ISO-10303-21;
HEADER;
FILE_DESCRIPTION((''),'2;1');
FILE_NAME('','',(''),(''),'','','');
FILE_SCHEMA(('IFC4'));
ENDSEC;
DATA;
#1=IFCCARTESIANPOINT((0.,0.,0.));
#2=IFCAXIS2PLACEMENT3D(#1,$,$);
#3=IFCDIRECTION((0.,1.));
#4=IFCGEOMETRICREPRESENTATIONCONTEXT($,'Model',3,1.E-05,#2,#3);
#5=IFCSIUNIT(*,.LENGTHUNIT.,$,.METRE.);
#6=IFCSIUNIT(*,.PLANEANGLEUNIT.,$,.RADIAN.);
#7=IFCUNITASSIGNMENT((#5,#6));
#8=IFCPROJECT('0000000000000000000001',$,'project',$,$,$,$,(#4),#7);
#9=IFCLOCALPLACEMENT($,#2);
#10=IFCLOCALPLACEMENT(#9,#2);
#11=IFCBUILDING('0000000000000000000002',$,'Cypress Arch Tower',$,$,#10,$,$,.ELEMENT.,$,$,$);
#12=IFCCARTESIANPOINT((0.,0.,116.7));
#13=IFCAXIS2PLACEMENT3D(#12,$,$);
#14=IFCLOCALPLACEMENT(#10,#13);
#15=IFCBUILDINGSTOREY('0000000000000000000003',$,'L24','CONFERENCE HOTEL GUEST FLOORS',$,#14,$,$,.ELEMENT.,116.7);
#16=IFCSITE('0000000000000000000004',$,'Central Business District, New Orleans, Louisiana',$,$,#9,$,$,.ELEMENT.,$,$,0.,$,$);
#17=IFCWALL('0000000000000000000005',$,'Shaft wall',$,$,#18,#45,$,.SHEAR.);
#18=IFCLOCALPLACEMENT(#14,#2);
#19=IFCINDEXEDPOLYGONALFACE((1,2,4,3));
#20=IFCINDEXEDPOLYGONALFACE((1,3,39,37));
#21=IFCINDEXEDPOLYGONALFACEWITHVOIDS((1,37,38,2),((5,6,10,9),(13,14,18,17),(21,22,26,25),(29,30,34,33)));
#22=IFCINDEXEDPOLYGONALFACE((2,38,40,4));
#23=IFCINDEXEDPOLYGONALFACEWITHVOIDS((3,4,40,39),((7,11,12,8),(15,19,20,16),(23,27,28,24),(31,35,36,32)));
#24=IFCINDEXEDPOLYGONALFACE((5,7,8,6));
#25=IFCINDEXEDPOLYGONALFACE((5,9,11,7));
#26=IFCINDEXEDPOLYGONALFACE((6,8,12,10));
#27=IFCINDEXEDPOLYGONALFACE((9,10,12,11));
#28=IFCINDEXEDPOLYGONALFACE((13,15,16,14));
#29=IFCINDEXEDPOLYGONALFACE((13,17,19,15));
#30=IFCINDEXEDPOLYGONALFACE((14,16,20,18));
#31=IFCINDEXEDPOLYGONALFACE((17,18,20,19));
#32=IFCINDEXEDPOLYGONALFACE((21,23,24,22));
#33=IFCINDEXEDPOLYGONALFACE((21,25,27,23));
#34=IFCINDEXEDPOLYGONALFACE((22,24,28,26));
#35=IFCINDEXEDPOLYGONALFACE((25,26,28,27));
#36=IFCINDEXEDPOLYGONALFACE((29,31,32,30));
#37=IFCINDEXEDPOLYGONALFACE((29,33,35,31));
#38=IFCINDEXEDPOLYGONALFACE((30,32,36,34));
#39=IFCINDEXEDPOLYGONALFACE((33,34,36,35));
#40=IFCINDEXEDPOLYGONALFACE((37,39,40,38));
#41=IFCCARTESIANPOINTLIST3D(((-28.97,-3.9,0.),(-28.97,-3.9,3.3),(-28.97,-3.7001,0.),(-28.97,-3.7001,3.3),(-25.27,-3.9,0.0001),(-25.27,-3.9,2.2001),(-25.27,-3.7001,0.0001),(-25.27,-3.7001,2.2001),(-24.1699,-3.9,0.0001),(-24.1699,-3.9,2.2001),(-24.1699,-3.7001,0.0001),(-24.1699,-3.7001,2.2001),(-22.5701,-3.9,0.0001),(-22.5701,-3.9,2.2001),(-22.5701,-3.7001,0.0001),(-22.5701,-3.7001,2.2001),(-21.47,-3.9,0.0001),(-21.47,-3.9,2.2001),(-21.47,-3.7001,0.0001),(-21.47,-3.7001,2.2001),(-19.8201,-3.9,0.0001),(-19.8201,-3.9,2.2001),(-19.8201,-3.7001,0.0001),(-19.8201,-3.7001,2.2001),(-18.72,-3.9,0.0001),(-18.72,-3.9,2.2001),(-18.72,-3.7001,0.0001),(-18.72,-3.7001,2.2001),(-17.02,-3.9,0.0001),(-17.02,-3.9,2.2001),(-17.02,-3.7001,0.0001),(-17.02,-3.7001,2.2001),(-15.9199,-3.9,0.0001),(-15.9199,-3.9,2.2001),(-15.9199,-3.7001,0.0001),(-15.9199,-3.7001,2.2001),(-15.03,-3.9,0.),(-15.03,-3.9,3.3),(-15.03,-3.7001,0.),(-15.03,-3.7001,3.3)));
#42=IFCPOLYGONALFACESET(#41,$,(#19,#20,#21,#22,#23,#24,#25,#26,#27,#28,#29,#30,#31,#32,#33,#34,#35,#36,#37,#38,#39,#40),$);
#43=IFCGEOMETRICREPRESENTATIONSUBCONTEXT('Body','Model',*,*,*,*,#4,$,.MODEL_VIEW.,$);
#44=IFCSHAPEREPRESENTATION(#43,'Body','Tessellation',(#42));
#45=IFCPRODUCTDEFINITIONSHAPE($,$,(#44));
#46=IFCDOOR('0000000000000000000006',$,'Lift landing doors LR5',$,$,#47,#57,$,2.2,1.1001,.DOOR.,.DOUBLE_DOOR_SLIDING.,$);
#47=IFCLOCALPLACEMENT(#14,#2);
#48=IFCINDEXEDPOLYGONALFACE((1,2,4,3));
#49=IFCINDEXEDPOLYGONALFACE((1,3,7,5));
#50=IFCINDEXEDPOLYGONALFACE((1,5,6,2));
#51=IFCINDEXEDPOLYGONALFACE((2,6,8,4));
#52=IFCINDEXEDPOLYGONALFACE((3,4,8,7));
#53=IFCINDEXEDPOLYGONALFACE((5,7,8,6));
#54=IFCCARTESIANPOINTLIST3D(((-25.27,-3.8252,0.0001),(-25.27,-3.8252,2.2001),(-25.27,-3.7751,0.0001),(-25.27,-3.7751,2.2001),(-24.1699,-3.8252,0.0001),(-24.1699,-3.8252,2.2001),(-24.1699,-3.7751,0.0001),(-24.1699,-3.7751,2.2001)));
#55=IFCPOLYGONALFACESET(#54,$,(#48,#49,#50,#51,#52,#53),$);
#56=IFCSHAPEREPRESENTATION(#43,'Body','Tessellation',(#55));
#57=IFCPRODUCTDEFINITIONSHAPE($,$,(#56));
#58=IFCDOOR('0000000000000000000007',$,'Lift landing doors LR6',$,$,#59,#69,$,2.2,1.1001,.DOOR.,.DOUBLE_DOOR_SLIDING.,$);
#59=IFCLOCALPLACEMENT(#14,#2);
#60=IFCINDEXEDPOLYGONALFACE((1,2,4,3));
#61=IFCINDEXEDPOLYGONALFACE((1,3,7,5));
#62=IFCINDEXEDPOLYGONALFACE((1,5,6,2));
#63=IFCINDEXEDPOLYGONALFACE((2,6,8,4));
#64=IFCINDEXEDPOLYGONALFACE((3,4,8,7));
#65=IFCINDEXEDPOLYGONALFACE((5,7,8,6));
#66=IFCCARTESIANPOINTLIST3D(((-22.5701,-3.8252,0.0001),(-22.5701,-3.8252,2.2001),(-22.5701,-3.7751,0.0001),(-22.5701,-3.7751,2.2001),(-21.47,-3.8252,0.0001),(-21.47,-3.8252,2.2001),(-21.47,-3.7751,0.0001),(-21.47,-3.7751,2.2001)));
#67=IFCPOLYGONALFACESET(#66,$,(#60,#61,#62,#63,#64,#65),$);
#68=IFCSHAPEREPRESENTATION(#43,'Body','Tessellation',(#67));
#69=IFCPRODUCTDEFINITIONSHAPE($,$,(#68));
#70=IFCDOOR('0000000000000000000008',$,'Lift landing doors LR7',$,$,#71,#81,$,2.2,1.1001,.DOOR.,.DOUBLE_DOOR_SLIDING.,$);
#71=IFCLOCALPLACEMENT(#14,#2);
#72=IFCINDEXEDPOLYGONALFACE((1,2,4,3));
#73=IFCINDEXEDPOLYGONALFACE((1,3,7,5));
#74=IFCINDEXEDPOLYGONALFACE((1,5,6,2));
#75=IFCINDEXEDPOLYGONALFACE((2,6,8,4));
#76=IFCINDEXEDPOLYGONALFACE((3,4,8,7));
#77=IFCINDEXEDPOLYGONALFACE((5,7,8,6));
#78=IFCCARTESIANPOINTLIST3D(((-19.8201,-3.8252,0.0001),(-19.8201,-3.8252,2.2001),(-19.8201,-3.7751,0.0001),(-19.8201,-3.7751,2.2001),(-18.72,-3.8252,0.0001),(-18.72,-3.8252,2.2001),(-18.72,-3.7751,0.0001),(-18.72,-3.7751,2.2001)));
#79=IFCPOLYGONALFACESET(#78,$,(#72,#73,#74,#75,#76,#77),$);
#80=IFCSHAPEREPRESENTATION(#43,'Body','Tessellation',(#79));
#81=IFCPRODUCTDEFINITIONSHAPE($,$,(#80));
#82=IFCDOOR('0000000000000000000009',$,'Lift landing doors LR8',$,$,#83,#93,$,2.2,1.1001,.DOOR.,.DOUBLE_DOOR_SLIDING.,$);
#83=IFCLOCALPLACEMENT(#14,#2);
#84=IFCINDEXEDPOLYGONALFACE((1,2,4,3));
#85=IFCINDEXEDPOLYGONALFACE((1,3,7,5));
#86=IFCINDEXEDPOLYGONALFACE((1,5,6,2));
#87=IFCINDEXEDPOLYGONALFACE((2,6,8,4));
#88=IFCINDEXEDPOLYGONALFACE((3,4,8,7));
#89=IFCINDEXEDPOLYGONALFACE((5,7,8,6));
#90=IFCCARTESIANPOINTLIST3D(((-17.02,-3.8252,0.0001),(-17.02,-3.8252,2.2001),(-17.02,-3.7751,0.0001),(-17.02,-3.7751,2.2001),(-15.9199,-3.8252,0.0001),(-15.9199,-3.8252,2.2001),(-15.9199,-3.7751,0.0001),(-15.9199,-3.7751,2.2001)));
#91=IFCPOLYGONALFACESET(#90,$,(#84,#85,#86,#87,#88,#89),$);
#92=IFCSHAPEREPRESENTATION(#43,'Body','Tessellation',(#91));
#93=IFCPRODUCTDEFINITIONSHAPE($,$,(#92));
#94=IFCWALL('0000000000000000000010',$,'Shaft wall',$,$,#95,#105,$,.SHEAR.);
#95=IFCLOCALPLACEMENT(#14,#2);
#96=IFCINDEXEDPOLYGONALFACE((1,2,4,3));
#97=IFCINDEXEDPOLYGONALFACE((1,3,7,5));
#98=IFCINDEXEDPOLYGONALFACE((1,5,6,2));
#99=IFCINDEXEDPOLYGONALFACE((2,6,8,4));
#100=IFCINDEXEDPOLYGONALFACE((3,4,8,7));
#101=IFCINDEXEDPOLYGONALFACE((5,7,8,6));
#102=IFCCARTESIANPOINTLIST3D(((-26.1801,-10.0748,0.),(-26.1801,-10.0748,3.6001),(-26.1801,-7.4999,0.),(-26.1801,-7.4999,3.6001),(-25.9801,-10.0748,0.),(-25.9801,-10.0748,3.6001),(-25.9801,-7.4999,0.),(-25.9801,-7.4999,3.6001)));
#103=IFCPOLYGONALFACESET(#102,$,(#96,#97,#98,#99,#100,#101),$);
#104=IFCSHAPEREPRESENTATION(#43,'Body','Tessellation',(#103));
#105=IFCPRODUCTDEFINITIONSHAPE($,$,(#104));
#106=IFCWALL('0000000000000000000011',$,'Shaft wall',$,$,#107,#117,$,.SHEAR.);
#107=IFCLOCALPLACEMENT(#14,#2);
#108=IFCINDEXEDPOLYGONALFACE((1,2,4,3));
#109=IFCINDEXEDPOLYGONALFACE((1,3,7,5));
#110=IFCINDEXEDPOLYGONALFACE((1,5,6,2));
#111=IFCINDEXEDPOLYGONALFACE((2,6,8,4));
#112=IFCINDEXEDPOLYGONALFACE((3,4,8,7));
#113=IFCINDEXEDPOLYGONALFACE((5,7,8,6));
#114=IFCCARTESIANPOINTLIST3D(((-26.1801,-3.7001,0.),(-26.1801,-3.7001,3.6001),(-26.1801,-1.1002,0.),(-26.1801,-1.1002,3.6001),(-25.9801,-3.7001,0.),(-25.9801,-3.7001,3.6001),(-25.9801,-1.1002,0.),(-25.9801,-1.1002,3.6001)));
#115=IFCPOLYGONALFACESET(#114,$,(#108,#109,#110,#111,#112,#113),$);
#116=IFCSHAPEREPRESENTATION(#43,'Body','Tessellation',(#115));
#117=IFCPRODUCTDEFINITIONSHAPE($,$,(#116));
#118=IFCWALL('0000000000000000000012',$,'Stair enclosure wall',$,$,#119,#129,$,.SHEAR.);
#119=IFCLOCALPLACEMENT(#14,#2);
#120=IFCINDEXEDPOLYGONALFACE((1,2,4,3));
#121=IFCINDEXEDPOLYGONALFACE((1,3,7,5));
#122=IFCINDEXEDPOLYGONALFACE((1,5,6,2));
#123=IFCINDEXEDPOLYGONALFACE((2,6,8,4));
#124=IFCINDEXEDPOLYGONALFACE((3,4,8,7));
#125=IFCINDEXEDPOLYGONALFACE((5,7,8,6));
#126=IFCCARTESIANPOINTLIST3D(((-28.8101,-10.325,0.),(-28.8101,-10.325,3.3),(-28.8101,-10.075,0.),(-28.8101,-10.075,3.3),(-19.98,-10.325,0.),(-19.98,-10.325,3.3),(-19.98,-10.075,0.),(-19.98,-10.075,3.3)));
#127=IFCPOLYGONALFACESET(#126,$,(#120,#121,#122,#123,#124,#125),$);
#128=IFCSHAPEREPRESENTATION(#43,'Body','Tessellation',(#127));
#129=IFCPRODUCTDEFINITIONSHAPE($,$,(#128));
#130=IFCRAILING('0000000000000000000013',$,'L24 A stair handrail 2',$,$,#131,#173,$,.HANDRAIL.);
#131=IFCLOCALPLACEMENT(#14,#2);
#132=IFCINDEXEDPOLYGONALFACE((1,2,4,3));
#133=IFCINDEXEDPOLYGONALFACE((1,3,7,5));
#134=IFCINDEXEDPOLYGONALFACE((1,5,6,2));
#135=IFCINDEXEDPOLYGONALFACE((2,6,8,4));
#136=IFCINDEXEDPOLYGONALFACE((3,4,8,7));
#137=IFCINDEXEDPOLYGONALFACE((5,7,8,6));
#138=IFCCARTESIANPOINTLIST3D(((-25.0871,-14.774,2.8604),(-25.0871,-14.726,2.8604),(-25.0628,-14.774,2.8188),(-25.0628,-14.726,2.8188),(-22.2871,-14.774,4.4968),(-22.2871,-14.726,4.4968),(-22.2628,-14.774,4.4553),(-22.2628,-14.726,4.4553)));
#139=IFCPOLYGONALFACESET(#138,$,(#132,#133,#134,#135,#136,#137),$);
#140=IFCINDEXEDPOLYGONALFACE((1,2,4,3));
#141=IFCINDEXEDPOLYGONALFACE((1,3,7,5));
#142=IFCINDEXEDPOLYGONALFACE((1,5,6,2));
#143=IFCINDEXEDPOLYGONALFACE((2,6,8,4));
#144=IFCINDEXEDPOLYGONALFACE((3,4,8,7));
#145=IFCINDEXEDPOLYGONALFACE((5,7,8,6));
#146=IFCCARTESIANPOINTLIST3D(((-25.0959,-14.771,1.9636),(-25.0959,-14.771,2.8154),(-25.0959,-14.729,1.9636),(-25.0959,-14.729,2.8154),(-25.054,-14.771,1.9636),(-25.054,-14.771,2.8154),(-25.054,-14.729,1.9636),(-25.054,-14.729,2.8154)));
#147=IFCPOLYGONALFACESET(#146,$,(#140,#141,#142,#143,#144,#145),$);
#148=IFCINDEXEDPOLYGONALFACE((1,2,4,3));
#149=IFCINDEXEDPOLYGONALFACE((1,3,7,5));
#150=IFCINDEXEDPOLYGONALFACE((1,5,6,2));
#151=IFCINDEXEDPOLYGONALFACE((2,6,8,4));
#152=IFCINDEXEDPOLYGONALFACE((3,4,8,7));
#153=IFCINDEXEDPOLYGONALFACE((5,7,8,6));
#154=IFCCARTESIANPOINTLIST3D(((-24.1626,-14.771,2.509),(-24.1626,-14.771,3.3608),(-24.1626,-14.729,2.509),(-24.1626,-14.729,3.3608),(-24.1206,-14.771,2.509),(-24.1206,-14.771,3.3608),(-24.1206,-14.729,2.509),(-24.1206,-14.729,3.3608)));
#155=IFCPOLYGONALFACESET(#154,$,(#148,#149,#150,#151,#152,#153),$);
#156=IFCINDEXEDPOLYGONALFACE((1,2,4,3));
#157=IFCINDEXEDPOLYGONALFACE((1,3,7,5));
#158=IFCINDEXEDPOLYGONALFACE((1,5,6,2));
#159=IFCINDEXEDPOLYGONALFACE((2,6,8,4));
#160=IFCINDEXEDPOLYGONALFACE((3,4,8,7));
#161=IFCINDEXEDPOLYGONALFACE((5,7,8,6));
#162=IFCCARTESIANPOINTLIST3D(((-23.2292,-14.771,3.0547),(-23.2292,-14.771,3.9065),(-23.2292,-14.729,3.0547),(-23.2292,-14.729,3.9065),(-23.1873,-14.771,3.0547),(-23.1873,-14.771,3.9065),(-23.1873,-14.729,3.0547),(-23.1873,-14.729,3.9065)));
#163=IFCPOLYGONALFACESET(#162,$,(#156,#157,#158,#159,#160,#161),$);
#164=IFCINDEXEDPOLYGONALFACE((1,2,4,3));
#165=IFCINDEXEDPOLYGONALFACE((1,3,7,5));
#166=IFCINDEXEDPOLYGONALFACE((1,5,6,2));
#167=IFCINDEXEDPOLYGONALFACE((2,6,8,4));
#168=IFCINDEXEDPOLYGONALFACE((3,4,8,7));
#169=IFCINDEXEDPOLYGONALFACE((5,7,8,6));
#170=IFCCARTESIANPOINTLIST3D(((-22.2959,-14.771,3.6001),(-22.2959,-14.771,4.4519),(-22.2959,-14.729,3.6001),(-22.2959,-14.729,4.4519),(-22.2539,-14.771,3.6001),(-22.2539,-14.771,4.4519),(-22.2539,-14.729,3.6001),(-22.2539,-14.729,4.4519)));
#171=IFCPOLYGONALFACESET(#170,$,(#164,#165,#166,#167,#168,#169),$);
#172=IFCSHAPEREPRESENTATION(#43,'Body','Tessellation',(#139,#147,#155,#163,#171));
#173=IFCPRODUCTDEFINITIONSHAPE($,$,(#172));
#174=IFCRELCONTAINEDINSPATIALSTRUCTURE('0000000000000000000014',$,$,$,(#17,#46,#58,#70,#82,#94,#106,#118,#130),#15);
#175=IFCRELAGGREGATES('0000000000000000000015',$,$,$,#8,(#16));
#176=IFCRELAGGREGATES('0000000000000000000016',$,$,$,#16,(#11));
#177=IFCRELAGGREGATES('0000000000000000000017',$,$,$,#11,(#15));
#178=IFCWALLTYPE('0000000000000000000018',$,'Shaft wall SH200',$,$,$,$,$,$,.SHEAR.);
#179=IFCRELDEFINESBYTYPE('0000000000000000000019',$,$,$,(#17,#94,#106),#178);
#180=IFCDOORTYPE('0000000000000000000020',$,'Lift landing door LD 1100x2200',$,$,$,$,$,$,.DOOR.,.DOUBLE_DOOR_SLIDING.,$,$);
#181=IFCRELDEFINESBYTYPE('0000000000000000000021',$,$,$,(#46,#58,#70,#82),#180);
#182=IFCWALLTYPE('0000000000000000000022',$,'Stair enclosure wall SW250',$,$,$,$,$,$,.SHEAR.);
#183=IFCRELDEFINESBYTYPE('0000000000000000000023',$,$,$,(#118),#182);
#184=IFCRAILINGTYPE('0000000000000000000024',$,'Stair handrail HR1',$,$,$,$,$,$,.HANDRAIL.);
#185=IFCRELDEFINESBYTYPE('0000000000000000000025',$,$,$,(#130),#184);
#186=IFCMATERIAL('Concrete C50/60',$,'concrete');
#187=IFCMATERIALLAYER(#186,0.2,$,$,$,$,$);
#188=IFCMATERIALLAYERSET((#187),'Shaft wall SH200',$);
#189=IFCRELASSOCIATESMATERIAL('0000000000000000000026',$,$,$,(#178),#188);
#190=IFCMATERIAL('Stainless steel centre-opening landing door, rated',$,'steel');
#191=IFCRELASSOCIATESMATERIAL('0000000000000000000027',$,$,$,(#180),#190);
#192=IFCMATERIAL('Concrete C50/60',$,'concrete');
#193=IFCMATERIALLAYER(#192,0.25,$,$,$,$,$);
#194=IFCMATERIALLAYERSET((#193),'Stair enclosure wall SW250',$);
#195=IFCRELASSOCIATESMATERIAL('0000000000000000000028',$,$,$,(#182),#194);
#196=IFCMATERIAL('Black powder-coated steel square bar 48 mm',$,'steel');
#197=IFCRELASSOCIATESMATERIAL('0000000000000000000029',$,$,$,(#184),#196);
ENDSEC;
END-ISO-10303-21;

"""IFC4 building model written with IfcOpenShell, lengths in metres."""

from ifc_helpers import new_model, si_unit, direction, frame, frame_2d, origin, origin_2d, place, context, subcontext, project, spatial, rectangle, extrude, material, layer, layer_set, type_object, element, fill, save


model = new_model("IFC4")

# Units and contexts
model_context = context("Model", 3, precision=1e-05, world=origin(), true_north=direction((0.0, 1.0)))
body_context = subcontext(model_context, "Body", "Model", "MODEL_VIEW")
ifc_project = project(units=[si_unit("LENGTHUNIT", "METRE"), si_unit("PLANEANGLEUNIT", "RADIAN")], contexts=[model_context])

# Site, building, storey
site_placement = place(None, origin())
site = spatial("IfcSite", under=ifc_project, at=site_placement, Name="Central Business District, New Orleans, Louisiana", CompositionType="ELEMENT", RefElevation=0.0)
building_placement = place(site_placement, origin())
building = spatial("IfcBuilding", under=site, at=building_placement, Name="Cypress Arch Tower", CompositionType="ELEMENT")
storey_placement = place(building_placement, frame((0.0, 0.0, 116.7)))
storey = spatial("IfcBuildingStorey", under=building, at=storey_placement, Name="L24", Description="CONFERENCE HOTEL GUEST FLOORS", CompositionType="ELEMENT", Elevation=116.7)

# Wall, openings, doors
ifc_material_1 = material(Name="Concrete C50/60", Category="concrete")
ifc_layer_1 = layer(ifc_material_1, 0.2)
ifc_layer_set_1 = layer_set([ifc_layer_1], Name="Shaft wall SH200")
wall_type_1 = type_object("IfcWallType", Name="Shaft wall SH200", PredefinedType="SHEAR", material=ifc_layer_set_1)
ifc_material_2 = material(Name="Stainless steel centre-opening landing door, rated", Category="steel")
door_type_1 = type_object("IfcDoorType", Name="Lift landing door LD 1100x2200", OperationType="DOUBLE_DOOR_SLIDING", PredefinedType="DOOR", material=ifc_material_2)
wall_1_placement = place(storey_placement, frame((-28.97, -3.8, 0.0), z_axis=(0.0, 0.0, 1.0), x_axis=(1.0, 0.0, 0.0)))
wall_1 = element("IfcWall", 1, at=wall_1_placement, inside=storey, type_object=wall_type_1, Name="Shaft wall", PredefinedType="SHEAR", context=body_context, shape_type="SweptSolid", body=[
    extrude(rectangle(XDim=13.9399, YDim=0.2, at=frame_2d((6.97, 0.0))), origin(), (0.0, 0.0, 1.0), 3.3),
])
opening_1_placement = place(wall_1_placement, frame((3.7, 0.0, 0.0)))
opening_1 = element("IfcOpeningElement", 2, at=opening_1_placement, cuts=wall_1, PredefinedType="OPENING", context=body_context, shape_type="SweptSolid", body=[
    extrude(rectangle(XDim=1.1001, YDim=2.2, at=frame_2d((0.55, 1.1001))), frame((0.0, 0.1099, 0.0), z_axis=(0.0, -1.0, 0.0), x_axis=(1.0, 0.0, 0.0)), (0.0, 0.0, 1.0), 0.22),
])
opening_2_placement = place(wall_1_placement, frame((6.3999, 0.0, 0.0)))
opening_2 = element("IfcOpeningElement", 3, at=opening_2_placement, cuts=wall_1, PredefinedType="OPENING", context=body_context, shape_type="SweptSolid", body=[
    extrude(rectangle(XDim=1.1001, YDim=2.2, at=frame_2d((0.55, 1.1001))), frame((0.0, 0.1099, 0.0), z_axis=(0.0, -1.0, 0.0), x_axis=(1.0, 0.0, 0.0)), (0.0, 0.0, 1.0), 0.22),
])
opening_3_placement = place(wall_1_placement, frame((9.1499, 0.0, 0.0)))
opening_3 = element("IfcOpeningElement", 4, at=opening_3_placement, cuts=wall_1, PredefinedType="OPENING", context=body_context, shape_type="SweptSolid", body=[
    extrude(rectangle(XDim=1.1001, YDim=2.2, at=frame_2d((0.55, 1.1001))), frame((0.0, 0.1099, 0.0), z_axis=(0.0, -1.0, 0.0), x_axis=(1.0, 0.0, 0.0)), (0.0, 0.0, 1.0), 0.22),
])
opening_4_placement = place(wall_1_placement, frame((11.95, 0.0, 0.0)))
opening_4 = element("IfcOpeningElement", 5, at=opening_4_placement, cuts=wall_1, PredefinedType="OPENING", context=body_context, shape_type="SweptSolid", body=[
    extrude(rectangle(XDim=1.1001, YDim=2.2, at=frame_2d((0.55, 1.1001))), frame((0.0, 0.1099, 0.0), z_axis=(0.0, -1.0, 0.0), x_axis=(1.0, 0.0, 0.0)), (0.0, 0.0, 1.0), 0.22),
])
door_1_placement = place(opening_1_placement, origin())
door_1 = element("IfcDoor", 6, at=door_1_placement, inside=storey, type_object=door_type_1, Name="Lift landing doors LR5", OperationType="DOUBLE_DOOR_SLIDING", OverallHeight=2.2, OverallWidth=1.1001, PredefinedType="DOOR", context=body_context, shape_type="SweptSolid", body=[
    extrude(rectangle(XDim=1.1001, YDim=2.2, at=frame_2d((0.55, 1.1001))), frame((0.0, 0.0249, 0.0), z_axis=(0.0, -1.0, 0.0), x_axis=(1.0, 0.0, 0.0)), (0.0, 0.0, 1.0), 0.05),
])
fill(opening_1, door_1)
door_2_placement = place(opening_2_placement, origin())
door_2 = element("IfcDoor", 7, at=door_2_placement, inside=storey, type_object=door_type_1, Name="Lift landing doors LR6", OperationType="DOUBLE_DOOR_SLIDING", OverallHeight=2.2, OverallWidth=1.1001, PredefinedType="DOOR", context=body_context, shape_type="SweptSolid", body=[
    extrude(rectangle(XDim=1.1001, YDim=2.2, at=frame_2d((0.55, 1.1001))), frame((0.0, 0.0249, 0.0), z_axis=(0.0, -1.0, 0.0), x_axis=(1.0, 0.0, 0.0)), (0.0, 0.0, 1.0), 0.05),
])
fill(opening_2, door_2)
door_3_placement = place(opening_3_placement, origin())
door_3 = element("IfcDoor", 8, at=door_3_placement, inside=storey, type_object=door_type_1, Name="Lift landing doors LR7", OperationType="DOUBLE_DOOR_SLIDING", OverallHeight=2.2, OverallWidth=1.1001, PredefinedType="DOOR", context=body_context, shape_type="SweptSolid", body=[
    extrude(rectangle(XDim=1.1001, YDim=2.2, at=frame_2d((0.55, 1.1001))), frame((0.0, 0.0249, 0.0), z_axis=(0.0, -1.0, 0.0), x_axis=(1.0, 0.0, 0.0)), (0.0, 0.0, 1.0), 0.05),
])
fill(opening_3, door_3)
door_4_placement = place(opening_4_placement, origin())
door_4 = element("IfcDoor", 9, at=door_4_placement, inside=storey, type_object=door_type_1, Name="Lift landing doors LR8", OperationType="DOUBLE_DOOR_SLIDING", OverallHeight=2.2, OverallWidth=1.1001, PredefinedType="DOOR", context=body_context, shape_type="SweptSolid", body=[
    extrude(rectangle(XDim=1.1001, YDim=2.2, at=frame_2d((0.55, 1.1001))), frame((0.0, 0.0249, 0.0), z_axis=(0.0, -1.0, 0.0), x_axis=(1.0, 0.0, 0.0)), (0.0, 0.0, 1.0), 0.05),
])
fill(opening_4, door_4)

# Walls
wall_2_placement = place(storey_placement, frame((-26.0801, -10.075, 0.0), z_axis=(0.0, 0.0, 1.0), x_axis=(0.0, 1.0, 0.0)))
element("IfcWall", 10, at=wall_2_placement, inside=storey, type_object=wall_type_1, Name="Shaft wall", PredefinedType="SHEAR", context=body_context, shape_type="SweptSolid", body=[
    extrude(rectangle(XDim=2.575, YDim=0.2, at=frame_2d((1.2876, 0.0))), origin(), (0.0, 0.0, 1.0), 3.6001),
])
wall_3_placement = place(storey_placement, frame((-26.0801, -3.7, 0.0), z_axis=(0.0, 0.0, 1.0), x_axis=(0.0, 1.0, 0.0)))
element("IfcWall", 11, at=wall_3_placement, inside=storey, type_object=wall_type_1, Name="Shaft wall", PredefinedType="SHEAR", context=body_context, shape_type="SweptSolid", body=[
    extrude(rectangle(XDim=2.5999, YDim=0.2, at=frame_2d((1.2998, 0.0))), origin(), (0.0, 0.0, 1.0), 3.6001),
])
ifc_material_3 = material(Name="Concrete C50/60", Category="concrete")
ifc_layer_2 = layer(ifc_material_3, 0.25)
ifc_layer_set_2 = layer_set([ifc_layer_2], Name="Stair enclosure wall SW250")
wall_type_2 = type_object("IfcWallType", Name="Stair enclosure wall SW250", PredefinedType="SHEAR", material=ifc_layer_set_2)
wall_4_placement = place(storey_placement, frame((-28.8101, -10.2, 0.0), z_axis=(0.0, 0.0, 1.0), x_axis=(1.0, 0.0, 0.0)))
element("IfcWall", 12, at=wall_4_placement, inside=storey, type_object=wall_type_2, Name="Stair enclosure wall", PredefinedType="SHEAR", context=body_context, shape_type="SweptSolid", body=[
    extrude(rectangle(XDim=8.8301, YDim=0.25, at=frame_2d((4.415, 0.0))), origin(), (0.0, 0.0, 1.0), 3.3),
])

# Railing
ifc_material_4 = material(Name="Black powder-coated steel square bar 48 mm", Category="steel")
railing_type_1 = type_object("IfcRailingType", Name="Stair handrail HR1", PredefinedType="HANDRAIL", material=ifc_material_4)
railing_1_placement = place(storey_placement, frame((-25.075, -14.75, 1.9636)))
element("IfcRailing", 13, at=railing_1_placement, inside=storey, type_object=railing_type_1, Name="L24 A stair handrail 2", PredefinedType="HANDRAIL", context=body_context, shape_type="SweptSolid", body=[
    extrude(rectangle(XDim=0.0481, YDim=0.0481, at=origin_2d()), frame((0.0, 0.0, 0.876), z_axis=(0.863361, 0.0, 0.504587), x_axis=(0.0, 1.0, 0.0)), (0.0, 0.0, 1.0), 3.2432),
    extrude(rectangle(XDim=0.042, YDim=0.042, at=origin_2d()), origin(), (0.0, 0.0, 1.0), 0.8518),
    extrude(rectangle(XDim=0.042, YDim=0.042, at=origin_2d()), frame((0.9333, 0.0, 0.5454)), (0.0, 0.0, 1.0), 0.8518),
    extrude(rectangle(XDim=0.042, YDim=0.042, at=origin_2d()), frame((1.8667, 0.0, 1.0911)), (0.0, 0.0, 1.0), 0.8518),
    extrude(rectangle(XDim=0.042, YDim=0.042, at=origin_2d()), frame((2.8, 0.0, 1.6365)), (0.0, 0.0, 1.0), 0.8518),
])

save(model, "model.ifc")
